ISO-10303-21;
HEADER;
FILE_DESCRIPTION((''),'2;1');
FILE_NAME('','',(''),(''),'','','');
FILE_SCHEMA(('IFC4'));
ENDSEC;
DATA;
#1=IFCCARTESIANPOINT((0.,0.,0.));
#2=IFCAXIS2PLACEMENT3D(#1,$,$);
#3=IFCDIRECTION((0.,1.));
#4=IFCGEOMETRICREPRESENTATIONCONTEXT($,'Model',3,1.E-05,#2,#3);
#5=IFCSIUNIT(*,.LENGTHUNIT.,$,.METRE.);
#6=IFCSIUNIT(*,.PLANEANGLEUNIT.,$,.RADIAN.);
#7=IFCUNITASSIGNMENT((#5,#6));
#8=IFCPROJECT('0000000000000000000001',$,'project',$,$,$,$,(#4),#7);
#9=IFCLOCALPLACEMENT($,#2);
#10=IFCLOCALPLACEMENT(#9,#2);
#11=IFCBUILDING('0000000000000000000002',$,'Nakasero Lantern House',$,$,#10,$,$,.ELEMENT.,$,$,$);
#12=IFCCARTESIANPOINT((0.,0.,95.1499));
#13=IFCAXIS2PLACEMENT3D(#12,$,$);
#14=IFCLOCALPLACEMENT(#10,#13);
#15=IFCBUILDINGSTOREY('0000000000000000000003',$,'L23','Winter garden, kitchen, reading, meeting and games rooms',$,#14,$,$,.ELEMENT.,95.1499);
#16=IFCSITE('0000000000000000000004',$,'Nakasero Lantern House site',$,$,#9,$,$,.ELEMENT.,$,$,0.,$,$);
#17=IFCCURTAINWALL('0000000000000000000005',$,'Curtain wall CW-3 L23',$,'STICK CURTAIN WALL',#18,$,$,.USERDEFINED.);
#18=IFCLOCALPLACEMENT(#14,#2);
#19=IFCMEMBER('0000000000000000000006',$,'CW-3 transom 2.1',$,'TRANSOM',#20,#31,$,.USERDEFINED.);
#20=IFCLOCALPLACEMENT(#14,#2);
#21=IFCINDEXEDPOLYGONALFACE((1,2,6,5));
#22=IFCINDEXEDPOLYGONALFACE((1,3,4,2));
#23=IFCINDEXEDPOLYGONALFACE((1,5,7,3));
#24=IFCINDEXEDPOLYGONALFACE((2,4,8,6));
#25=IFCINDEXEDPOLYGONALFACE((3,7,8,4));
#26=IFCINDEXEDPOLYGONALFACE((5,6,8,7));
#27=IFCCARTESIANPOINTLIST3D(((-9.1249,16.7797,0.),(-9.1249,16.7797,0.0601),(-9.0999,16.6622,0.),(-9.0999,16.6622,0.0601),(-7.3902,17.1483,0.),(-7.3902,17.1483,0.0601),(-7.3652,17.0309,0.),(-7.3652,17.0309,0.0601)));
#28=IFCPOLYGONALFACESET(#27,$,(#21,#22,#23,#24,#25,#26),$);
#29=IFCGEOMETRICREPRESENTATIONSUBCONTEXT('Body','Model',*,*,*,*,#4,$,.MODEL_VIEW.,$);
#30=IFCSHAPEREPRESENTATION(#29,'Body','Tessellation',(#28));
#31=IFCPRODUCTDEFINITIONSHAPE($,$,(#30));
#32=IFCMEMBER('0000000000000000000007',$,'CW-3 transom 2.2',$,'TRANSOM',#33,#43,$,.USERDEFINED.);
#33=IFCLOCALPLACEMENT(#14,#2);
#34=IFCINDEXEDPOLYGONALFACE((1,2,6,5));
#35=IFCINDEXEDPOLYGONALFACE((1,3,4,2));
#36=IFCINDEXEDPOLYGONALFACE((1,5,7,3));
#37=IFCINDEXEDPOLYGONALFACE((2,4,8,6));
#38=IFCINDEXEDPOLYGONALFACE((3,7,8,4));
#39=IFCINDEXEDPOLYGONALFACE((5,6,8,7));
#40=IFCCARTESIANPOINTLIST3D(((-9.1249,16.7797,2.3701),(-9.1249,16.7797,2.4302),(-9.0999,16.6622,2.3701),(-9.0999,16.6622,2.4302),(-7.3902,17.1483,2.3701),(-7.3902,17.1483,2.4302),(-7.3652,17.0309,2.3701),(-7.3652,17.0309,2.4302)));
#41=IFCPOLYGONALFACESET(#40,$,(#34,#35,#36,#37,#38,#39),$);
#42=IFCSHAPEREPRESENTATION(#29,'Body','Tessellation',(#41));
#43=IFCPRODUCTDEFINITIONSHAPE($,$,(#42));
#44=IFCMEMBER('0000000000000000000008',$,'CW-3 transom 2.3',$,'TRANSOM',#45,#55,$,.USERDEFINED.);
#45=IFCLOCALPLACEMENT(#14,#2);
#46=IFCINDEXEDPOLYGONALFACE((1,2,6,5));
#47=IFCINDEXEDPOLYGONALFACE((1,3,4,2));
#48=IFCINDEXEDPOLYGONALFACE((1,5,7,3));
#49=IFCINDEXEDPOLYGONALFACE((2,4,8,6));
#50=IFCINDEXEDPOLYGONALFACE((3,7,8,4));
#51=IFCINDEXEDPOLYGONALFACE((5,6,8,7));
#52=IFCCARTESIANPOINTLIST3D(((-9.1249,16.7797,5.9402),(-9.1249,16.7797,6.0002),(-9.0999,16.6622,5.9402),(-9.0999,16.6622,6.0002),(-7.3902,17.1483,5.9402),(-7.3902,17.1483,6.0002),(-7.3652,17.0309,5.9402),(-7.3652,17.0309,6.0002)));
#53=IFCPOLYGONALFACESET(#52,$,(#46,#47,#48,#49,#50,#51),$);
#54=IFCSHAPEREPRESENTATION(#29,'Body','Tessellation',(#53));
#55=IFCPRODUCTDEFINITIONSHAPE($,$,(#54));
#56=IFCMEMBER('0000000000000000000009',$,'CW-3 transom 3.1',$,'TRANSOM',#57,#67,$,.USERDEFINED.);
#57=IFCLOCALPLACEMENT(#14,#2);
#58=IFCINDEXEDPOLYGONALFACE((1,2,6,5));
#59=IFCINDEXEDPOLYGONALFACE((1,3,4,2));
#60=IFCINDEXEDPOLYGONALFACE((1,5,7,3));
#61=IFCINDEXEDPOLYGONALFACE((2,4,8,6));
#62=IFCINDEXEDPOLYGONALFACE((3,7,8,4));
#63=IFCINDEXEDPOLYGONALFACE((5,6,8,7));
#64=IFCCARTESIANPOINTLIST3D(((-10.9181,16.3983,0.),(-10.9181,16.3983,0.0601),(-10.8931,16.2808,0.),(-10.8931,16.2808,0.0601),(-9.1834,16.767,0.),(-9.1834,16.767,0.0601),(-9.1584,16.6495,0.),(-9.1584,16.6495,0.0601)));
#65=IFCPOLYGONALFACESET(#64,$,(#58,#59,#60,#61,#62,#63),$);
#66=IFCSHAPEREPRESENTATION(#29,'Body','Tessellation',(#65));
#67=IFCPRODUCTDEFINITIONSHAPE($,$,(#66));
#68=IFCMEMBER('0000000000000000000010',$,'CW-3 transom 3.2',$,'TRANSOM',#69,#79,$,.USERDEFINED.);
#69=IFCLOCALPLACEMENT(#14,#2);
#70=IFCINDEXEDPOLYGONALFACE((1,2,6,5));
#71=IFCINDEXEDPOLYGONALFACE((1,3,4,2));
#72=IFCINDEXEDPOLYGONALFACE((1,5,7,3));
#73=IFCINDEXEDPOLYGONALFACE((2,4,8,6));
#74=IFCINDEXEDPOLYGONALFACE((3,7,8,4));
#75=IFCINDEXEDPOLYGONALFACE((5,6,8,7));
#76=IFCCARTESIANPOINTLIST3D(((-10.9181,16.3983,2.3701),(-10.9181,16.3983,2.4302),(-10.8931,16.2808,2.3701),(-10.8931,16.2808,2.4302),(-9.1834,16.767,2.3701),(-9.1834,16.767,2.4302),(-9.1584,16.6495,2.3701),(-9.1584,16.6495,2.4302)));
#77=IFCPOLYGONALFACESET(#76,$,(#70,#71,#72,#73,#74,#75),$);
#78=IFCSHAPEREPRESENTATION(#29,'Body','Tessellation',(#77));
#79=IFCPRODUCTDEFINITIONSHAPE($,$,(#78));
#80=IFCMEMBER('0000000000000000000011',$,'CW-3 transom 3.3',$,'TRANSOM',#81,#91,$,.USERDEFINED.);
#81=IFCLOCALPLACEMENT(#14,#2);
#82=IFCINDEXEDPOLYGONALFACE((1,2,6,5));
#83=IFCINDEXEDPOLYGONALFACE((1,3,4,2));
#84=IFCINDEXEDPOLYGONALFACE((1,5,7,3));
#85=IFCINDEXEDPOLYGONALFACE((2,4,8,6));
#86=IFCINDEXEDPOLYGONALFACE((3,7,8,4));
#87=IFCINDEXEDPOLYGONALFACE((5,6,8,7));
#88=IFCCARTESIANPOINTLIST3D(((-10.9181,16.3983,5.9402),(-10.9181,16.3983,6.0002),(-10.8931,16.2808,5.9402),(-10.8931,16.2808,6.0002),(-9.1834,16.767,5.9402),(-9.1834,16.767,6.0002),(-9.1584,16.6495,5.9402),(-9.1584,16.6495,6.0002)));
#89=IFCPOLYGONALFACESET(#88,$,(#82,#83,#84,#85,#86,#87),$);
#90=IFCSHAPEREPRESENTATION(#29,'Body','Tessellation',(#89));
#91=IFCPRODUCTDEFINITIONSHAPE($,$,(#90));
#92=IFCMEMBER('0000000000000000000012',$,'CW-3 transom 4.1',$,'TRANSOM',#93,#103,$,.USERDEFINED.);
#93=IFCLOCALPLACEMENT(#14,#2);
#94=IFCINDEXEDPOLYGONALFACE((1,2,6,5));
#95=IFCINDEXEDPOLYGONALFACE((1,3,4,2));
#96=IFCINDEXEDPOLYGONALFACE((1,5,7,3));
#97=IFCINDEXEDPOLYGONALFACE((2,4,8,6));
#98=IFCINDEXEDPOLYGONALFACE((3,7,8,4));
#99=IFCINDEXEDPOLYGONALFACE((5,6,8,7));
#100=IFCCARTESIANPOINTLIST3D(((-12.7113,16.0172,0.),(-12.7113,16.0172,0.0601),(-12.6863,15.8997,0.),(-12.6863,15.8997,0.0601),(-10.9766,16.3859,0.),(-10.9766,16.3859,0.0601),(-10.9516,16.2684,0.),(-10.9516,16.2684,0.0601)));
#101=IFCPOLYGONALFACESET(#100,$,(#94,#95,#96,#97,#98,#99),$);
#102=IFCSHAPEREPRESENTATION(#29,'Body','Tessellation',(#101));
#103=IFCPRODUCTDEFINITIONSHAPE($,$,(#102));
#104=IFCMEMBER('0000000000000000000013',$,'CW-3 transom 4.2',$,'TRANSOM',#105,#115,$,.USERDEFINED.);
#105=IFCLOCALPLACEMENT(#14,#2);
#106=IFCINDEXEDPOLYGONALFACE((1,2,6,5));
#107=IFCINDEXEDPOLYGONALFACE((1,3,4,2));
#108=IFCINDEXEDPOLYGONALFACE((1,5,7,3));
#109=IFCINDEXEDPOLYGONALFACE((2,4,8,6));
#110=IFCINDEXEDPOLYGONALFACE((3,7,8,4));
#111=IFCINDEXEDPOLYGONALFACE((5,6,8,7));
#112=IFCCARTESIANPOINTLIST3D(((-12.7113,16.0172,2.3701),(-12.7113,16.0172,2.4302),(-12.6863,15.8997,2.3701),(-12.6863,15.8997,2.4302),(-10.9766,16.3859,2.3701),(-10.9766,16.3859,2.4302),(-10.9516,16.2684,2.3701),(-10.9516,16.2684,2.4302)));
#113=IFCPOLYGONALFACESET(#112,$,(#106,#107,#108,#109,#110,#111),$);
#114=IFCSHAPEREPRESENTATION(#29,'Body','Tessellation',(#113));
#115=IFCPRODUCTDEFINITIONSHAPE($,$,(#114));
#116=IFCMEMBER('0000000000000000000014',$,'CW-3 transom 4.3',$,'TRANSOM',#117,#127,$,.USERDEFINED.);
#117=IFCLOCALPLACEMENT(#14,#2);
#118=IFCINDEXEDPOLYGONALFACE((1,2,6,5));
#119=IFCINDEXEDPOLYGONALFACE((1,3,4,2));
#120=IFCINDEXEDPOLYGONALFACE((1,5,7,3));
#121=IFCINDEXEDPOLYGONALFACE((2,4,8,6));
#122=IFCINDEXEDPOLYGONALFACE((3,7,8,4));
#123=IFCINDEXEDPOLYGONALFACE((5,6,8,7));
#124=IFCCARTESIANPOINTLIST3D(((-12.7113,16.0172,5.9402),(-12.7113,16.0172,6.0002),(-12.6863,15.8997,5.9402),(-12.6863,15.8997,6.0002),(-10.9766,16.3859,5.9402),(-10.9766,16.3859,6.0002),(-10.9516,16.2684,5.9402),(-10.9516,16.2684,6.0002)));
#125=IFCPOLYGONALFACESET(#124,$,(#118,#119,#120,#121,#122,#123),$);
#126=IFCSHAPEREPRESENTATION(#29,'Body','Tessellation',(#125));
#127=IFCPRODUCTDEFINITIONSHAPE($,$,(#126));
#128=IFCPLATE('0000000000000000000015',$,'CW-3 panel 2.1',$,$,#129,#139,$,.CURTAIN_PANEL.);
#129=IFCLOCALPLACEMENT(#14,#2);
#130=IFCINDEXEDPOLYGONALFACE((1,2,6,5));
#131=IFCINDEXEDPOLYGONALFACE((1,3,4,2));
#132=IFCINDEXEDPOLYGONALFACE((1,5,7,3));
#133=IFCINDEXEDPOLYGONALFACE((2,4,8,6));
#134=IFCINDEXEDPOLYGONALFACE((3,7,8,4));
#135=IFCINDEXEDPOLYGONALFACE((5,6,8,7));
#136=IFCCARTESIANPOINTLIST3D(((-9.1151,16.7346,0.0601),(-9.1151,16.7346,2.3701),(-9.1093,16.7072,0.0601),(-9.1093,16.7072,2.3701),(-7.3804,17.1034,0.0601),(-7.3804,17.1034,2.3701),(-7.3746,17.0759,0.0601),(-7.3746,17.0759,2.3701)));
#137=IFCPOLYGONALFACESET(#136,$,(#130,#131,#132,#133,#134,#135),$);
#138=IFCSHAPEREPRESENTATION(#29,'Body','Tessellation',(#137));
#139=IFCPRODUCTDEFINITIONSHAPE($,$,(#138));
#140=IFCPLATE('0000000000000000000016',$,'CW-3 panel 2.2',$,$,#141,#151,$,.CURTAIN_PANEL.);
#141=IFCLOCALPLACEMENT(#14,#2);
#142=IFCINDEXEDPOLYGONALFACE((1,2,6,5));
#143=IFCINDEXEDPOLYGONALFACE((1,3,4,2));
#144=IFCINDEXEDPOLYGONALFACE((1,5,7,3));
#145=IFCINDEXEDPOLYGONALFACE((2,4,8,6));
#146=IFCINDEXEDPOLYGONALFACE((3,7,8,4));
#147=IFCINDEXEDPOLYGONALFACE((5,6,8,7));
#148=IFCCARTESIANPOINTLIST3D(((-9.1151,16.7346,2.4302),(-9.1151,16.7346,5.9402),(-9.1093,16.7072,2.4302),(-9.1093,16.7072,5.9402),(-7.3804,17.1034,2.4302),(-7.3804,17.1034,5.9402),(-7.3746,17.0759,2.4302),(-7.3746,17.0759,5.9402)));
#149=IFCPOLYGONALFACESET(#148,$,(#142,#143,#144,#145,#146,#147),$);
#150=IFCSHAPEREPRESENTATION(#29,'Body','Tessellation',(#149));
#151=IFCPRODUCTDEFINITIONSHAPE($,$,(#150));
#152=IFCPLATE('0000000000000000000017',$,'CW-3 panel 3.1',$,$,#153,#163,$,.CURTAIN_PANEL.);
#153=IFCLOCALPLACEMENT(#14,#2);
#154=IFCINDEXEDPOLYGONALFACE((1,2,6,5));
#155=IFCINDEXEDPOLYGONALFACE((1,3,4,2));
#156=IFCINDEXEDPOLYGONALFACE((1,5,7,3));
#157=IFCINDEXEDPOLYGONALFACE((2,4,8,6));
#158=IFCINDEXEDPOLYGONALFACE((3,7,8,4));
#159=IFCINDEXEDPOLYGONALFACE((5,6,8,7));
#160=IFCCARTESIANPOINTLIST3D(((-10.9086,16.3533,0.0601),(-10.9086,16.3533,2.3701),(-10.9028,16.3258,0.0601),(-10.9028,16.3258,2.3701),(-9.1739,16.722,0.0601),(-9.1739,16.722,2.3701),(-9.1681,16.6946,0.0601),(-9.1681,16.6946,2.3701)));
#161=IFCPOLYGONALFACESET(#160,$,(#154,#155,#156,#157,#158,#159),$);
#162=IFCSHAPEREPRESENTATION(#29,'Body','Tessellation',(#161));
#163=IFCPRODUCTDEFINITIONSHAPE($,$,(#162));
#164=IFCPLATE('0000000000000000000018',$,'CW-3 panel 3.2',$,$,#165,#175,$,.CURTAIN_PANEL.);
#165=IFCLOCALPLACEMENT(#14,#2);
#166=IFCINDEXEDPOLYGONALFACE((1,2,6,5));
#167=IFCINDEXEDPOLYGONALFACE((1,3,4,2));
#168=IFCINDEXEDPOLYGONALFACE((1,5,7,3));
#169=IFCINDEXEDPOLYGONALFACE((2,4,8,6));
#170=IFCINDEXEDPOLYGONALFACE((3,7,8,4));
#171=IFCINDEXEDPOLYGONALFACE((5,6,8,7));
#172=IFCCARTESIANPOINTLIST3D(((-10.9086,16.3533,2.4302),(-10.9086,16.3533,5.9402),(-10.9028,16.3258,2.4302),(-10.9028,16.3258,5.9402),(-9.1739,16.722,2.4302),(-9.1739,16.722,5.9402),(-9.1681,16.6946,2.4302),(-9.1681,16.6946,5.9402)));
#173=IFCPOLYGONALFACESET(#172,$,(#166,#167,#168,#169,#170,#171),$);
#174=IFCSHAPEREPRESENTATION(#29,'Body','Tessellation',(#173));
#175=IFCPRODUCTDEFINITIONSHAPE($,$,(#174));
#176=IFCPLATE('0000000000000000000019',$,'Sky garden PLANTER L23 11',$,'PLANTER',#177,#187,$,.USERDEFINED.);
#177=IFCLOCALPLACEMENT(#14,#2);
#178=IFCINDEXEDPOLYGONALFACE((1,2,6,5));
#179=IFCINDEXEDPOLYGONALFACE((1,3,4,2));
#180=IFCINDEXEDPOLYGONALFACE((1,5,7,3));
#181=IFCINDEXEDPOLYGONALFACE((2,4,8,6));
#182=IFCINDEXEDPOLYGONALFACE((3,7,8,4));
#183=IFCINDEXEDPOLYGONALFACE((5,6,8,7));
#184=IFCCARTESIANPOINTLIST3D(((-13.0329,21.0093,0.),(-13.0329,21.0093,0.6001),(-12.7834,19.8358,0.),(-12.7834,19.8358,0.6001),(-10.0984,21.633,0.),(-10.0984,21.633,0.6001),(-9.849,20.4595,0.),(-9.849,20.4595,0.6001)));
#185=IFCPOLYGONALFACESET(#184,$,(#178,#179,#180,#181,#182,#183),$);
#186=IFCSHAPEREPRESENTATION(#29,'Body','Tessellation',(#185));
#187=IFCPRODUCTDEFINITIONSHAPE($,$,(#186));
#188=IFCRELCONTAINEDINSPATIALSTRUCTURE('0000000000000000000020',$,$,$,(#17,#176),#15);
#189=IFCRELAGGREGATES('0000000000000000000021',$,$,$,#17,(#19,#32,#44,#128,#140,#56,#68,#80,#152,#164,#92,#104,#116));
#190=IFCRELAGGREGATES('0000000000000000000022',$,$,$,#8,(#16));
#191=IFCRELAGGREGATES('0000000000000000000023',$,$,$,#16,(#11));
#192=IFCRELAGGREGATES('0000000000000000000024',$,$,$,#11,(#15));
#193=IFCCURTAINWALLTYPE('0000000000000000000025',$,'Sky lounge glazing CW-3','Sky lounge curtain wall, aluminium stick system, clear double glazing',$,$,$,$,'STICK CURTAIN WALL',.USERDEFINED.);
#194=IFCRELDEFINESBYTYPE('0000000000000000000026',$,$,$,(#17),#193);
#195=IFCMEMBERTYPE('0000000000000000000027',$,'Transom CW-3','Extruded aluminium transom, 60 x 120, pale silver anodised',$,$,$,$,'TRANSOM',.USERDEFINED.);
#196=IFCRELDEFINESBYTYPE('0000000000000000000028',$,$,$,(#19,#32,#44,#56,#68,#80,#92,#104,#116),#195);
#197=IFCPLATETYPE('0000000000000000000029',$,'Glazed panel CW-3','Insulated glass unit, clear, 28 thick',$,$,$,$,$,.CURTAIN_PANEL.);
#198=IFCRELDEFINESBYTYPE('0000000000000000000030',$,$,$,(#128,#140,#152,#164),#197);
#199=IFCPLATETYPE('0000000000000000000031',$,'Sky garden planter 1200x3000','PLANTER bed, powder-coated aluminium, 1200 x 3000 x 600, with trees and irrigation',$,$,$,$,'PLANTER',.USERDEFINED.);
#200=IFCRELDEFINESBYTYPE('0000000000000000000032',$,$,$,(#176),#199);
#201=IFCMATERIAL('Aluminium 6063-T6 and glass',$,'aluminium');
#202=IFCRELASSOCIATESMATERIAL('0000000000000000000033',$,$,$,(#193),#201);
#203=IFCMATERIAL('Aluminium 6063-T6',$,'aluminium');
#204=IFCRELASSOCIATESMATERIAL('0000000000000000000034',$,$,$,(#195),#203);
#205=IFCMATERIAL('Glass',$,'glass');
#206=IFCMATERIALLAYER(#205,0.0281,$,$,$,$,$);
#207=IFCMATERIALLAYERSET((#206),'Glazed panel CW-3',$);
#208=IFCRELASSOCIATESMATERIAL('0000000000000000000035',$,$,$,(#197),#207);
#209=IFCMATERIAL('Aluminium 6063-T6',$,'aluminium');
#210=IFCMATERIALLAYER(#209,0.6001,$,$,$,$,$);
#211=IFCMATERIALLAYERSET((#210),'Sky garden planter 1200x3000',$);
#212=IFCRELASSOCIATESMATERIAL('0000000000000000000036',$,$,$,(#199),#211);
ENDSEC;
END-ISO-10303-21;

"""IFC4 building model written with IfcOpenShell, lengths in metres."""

from ifc_helpers import new_model, si_unit, direction, frame, origin, origin_2d, place, context, subcontext, project, spatial, rectangle, extrude, material, layer, layer_set, material_profile, profile_set, type_object, element, aggregate, save


model = new_model("IFC4")

# Units and contexts
model_context = context("Model", 3, precision=1e-05, world=origin(), true_north=direction((0.0, 1.0)))
body_context = subcontext(model_context, "Body", "Model", "MODEL_VIEW")
ifc_project = project(units=[si_unit("LENGTHUNIT", "METRE"), si_unit("PLANEANGLEUNIT", "RADIAN")], contexts=[model_context])

# Site, building, storey
site_placement = place(None, origin())
site = spatial("IfcSite", under=ifc_project, at=site_placement, Name="Nakasero Lantern House site", CompositionType="ELEMENT", RefElevation=0.0)
building_placement = place(site_placement, origin())
building = spatial("IfcBuilding", under=site, at=building_placement, Name="Nakasero Lantern House", CompositionType="ELEMENT")
storey_placement = place(building_placement, frame((0.0, 0.0, 95.1499)))
storey = spatial("IfcBuildingStorey", under=building, at=storey_placement, Name="L23", Description="Winter garden, kitchen, reading, meeting and games rooms", CompositionType="ELEMENT", Elevation=95.1499)

# Curtain wall
ifc_material_1 = material(Name="Aluminium 6063-T6 and glass", Category="aluminium")
curtain_wall_type = type_object("IfcCurtainWallType", Name="Sky lounge glazing CW-3", Description="Sky lounge curtain wall, aluminium stick system, clear double glazing", ElementType="STICK CURTAIN WALL", PredefinedType="USERDEFINED", material=ifc_material_1)
curtain_wall_placement = place(storey_placement, origin())
curtain_wall = element("IfcCurtainWall", 1, at=curtain_wall_placement, inside=storey, type_object=curtain_wall_type, Name="Curtain wall CW-3 L23", ObjectType="STICK CURTAIN WALL", PredefinedType="USERDEFINED")

# Members
ifc_material_2 = material(Name="Aluminium 6063-T6", Category="aluminium")
ifc_material_profile_1 = material_profile(ifc_material_2, rectangle(XDim=0.0601, YDim=0.1201, at=origin_2d()), Name="CW-3 transom 60x120")
ifc_profile_set_1 = profile_set([ifc_material_profile_1], Name="Aluminium 6063-T6")
member_type_1 = type_object("IfcMemberType", Name="Transom CW-3", Description="Extruded aluminium transom, 60 x 120, pale silver anodised", ElementType="TRANSOM", PredefinedType="USERDEFINED", material=ifc_profile_set_1)
member_1_placement = place(storey_placement, frame((-7.3777, 17.0896, 0.03), z_axis=(-0.978154, -0.207883, 0.0), x_axis=(0.0, 0.0, 1.0)))
member_1 = element("IfcMember", 2, at=member_1_placement, type_object=member_type_1, Name="CW-3 transom 2.1", ObjectType="TRANSOM", PredefinedType="USERDEFINED", context=body_context, shape_type="SweptSolid", body=[
    extrude(rectangle(XDim=0.0601, YDim=0.1201, at=origin_2d()), origin(), (0.0, 0.0, 1.0), 1.7734),
])
member_2_placement = place(storey_placement, frame((-7.3777, 17.0896, 2.4001), z_axis=(-0.978154, -0.207883, 0.0), x_axis=(0.0, 0.0, 1.0)))
member_2 = element("IfcMember", 3, at=member_2_placement, type_object=member_type_1, Name="CW-3 transom 2.2", ObjectType="TRANSOM", PredefinedType="USERDEFINED", context=body_context, shape_type="SweptSolid", body=[
    extrude(rectangle(XDim=0.0601, YDim=0.1201, at=origin_2d()), origin(), (0.0, 0.0, 1.0), 1.7734),
])
member_3_placement = place(storey_placement, frame((-7.3777, 17.0896, 5.9702), z_axis=(-0.978154, -0.207883, 0.0), x_axis=(0.0, 0.0, 1.0)))
member_3 = element("IfcMember", 4, at=member_3_placement, type_object=member_type_1, Name="CW-3 transom 2.3", ObjectType="TRANSOM", PredefinedType="USERDEFINED", context=body_context, shape_type="SweptSolid", body=[
    extrude(rectangle(XDim=0.0601, YDim=0.1201, at=origin_2d()), origin(), (0.0, 0.0, 1.0), 1.7734),
])
member_4_placement = place(storey_placement, frame((-9.1709, 16.7083, 0.03), z_axis=(-0.978154, -0.207883, 0.0), x_axis=(0.0, 0.0, 1.0)))
member_4 = element("IfcMember", 5, at=member_4_placement, type_object=member_type_1, Name="CW-3 transom 3.1", ObjectType="TRANSOM", PredefinedType="USERDEFINED", context=body_context, shape_type="SweptSolid", body=[
    extrude(rectangle(XDim=0.0601, YDim=0.1201, at=origin_2d()), origin(), (0.0, 0.0, 1.0), 1.7734),
])
member_5_placement = place(storey_placement, frame((-9.1709, 16.7083, 2.4001), z_axis=(-0.978154, -0.207883, 0.0), x_axis=(0.0, 0.0, 1.0)))
member_5 = element("IfcMember", 6, at=member_5_placement, type_object=member_type_1, Name="CW-3 transom 3.2", ObjectType="TRANSOM", PredefinedType="USERDEFINED", context=body_context, shape_type="SweptSolid", body=[
    extrude(rectangle(XDim=0.0601, YDim=0.1201, at=origin_2d()), origin(), (0.0, 0.0, 1.0), 1.7734),
])
member_6_placement = place(storey_placement, frame((-9.1709, 16.7083, 5.9702), z_axis=(-0.978154, -0.207883, 0.0), x_axis=(0.0, 0.0, 1.0)))
member_6 = element("IfcMember", 7, at=member_6_placement, type_object=member_type_1, Name="CW-3 transom 3.3", ObjectType="TRANSOM", PredefinedType="USERDEFINED", context=body_context, shape_type="SweptSolid", body=[
    extrude(rectangle(XDim=0.0601, YDim=0.1201, at=origin_2d()), origin(), (0.0, 0.0, 1.0), 1.7734),
])
member_7_placement = place(storey_placement, frame((-10.9641, 16.3271, 0.03), z_axis=(-0.978154, -0.207883, 0.0), x_axis=(0.0, 0.0, 1.0)))
member_7 = element("IfcMember", 8, at=member_7_placement, type_object=member_type_1, Name="CW-3 transom 4.1", ObjectType="TRANSOM", PredefinedType="USERDEFINED", context=body_context, shape_type="SweptSolid", body=[
    extrude(rectangle(XDim=0.0601, YDim=0.1201, at=origin_2d()), origin(), (0.0, 0.0, 1.0), 1.7734),
])
member_8_placement = place(storey_placement, frame((-10.9641, 16.3271, 2.4001), z_axis=(-0.978154, -0.207883, 0.0), x_axis=(0.0, 0.0, 1.0)))
member_8 = element("IfcMember", 9, at=member_8_placement, type_object=member_type_1, Name="CW-3 transom 4.2", ObjectType="TRANSOM", PredefinedType="USERDEFINED", context=body_context, shape_type="SweptSolid", body=[
    extrude(rectangle(XDim=0.0601, YDim=0.1201, at=origin_2d()), origin(), (0.0, 0.0, 1.0), 1.7734),
])
member_9_placement = place(storey_placement, frame((-10.9641, 16.3271, 5.9702), z_axis=(-0.978154, -0.207883, 0.0), x_axis=(0.0, 0.0, 1.0)))
member_9 = element("IfcMember", 10, at=member_9_placement, type_object=member_type_1, Name="CW-3 transom 4.3", ObjectType="TRANSOM", PredefinedType="USERDEFINED", context=body_context, shape_type="SweptSolid", body=[
    extrude(rectangle(XDim=0.0601, YDim=0.1201, at=origin_2d()), origin(), (0.0, 0.0, 1.0), 1.7734),
])

# Plates
ifc_material_3 = material(Name="Glass", Category="glass")
ifc_layer_1 = layer(ifc_material_3, 0.0281)
ifc_layer_set_1 = layer_set([ifc_layer_1], Name="Glazed panel CW-3")
plate_type_1 = type_object("IfcPlateType", Name="Glazed panel CW-3", Description="Insulated glass unit, clear, 28 thick", PredefinedType="CURTAIN_PANEL", material=ifc_layer_set_1)
plate_1_placement = place(storey_placement, frame((-8.2449, 16.9053, 0.0601), z_axis=(0.0, 0.0, 1.0), x_axis=(-0.978148, -0.207912, 0.0)))
plate_1 = element("IfcPlate", 11, at=plate_1_placement, type_object=plate_type_1, Name="CW-3 panel 2.1", PredefinedType="CURTAIN_PANEL", context=body_context, shape_type="SweptSolid", body=[
    extrude(rectangle(XDim=1.7734, YDim=0.0281, at=origin_2d()), origin(), (0.0, 0.0, 1.0), 2.3101),
])
plate_2_placement = place(storey_placement, frame((-8.2449, 16.9053, 2.4302), z_axis=(0.0, 0.0, 1.0), x_axis=(-0.978148, -0.207912, 0.0)))
plate_2 = element("IfcPlate", 12, at=plate_2_placement, type_object=plate_type_1, Name="CW-3 panel 2.2", PredefinedType="CURTAIN_PANEL", context=body_context, shape_type="SweptSolid", body=[
    extrude(rectangle(XDim=1.7734, YDim=0.0281, at=origin_2d()), origin(), (0.0, 0.0, 1.0), 3.51),
])
plate_3_placement = place(storey_placement, frame((-10.0383, 16.5239, 0.0601), z_axis=(0.0, 0.0, 1.0), x_axis=(-0.978148, -0.207912, 0.0)))
plate_3 = element("IfcPlate", 13, at=plate_3_placement, type_object=plate_type_1, Name="CW-3 panel 3.1", PredefinedType="CURTAIN_PANEL", context=body_context, shape_type="SweptSolid", body=[
    extrude(rectangle(XDim=1.7734, YDim=0.0281, at=origin_2d()), origin(), (0.0, 0.0, 1.0), 2.3101),
])
plate_4_placement = place(storey_placement, frame((-10.0383, 16.5239, 2.4302), z_axis=(0.0, 0.0, 1.0), x_axis=(-0.978148, -0.207912, 0.0)))
plate_4 = element("IfcPlate", 14, at=plate_4_placement, type_object=plate_type_1, Name="CW-3 panel 3.2", PredefinedType="CURTAIN_PANEL", context=body_context, shape_type="SweptSolid", body=[
    extrude(rectangle(XDim=1.7734, YDim=0.0281, at=origin_2d()), origin(), (0.0, 0.0, 1.0), 3.51),
])
aggregate(curtain_wall, [member_1, member_2, member_3, plate_1, plate_2, member_4, member_5, member_6, plate_3, plate_4, member_7, member_8, member_9])
ifc_material_4 = material(Name="Aluminium 6063-T6", Category="aluminium")
ifc_layer_2 = layer(ifc_material_4, 0.6001)
ifc_layer_set_2 = layer_set([ifc_layer_2], Name="Sky garden planter 1200x3000")
plate_type_2 = type_object("IfcPlateType", Name="Sky garden planter 1200x3000", Description="PLANTER bed, powder-coated aluminium, 1200 x 3000 x 600, with trees and irrigation", ElementType="PLANTER", PredefinedType="USERDEFINED", material=ifc_layer_set_2)
plate_5_placement = place(storey_placement, frame((-11.4409, 20.7344, 0.0), z_axis=(0.0, 0.0, 1.0), x_axis=(-0.207912, 0.978148, 0.0)))
element("IfcPlate", 15, at=plate_5_placement, inside=storey, type_object=plate_type_2, Name="Sky garden PLANTER L23 11", ObjectType="PLANTER", PredefinedType="USERDEFINED", context=body_context, shape_type="SweptSolid", body=[
    extrude(rectangle(XDim=1.1997, YDim=3.0, at=origin_2d()), origin(), (0.0, 0.0, 1.0), 0.6001),
])

save(model, "model.ifc")
